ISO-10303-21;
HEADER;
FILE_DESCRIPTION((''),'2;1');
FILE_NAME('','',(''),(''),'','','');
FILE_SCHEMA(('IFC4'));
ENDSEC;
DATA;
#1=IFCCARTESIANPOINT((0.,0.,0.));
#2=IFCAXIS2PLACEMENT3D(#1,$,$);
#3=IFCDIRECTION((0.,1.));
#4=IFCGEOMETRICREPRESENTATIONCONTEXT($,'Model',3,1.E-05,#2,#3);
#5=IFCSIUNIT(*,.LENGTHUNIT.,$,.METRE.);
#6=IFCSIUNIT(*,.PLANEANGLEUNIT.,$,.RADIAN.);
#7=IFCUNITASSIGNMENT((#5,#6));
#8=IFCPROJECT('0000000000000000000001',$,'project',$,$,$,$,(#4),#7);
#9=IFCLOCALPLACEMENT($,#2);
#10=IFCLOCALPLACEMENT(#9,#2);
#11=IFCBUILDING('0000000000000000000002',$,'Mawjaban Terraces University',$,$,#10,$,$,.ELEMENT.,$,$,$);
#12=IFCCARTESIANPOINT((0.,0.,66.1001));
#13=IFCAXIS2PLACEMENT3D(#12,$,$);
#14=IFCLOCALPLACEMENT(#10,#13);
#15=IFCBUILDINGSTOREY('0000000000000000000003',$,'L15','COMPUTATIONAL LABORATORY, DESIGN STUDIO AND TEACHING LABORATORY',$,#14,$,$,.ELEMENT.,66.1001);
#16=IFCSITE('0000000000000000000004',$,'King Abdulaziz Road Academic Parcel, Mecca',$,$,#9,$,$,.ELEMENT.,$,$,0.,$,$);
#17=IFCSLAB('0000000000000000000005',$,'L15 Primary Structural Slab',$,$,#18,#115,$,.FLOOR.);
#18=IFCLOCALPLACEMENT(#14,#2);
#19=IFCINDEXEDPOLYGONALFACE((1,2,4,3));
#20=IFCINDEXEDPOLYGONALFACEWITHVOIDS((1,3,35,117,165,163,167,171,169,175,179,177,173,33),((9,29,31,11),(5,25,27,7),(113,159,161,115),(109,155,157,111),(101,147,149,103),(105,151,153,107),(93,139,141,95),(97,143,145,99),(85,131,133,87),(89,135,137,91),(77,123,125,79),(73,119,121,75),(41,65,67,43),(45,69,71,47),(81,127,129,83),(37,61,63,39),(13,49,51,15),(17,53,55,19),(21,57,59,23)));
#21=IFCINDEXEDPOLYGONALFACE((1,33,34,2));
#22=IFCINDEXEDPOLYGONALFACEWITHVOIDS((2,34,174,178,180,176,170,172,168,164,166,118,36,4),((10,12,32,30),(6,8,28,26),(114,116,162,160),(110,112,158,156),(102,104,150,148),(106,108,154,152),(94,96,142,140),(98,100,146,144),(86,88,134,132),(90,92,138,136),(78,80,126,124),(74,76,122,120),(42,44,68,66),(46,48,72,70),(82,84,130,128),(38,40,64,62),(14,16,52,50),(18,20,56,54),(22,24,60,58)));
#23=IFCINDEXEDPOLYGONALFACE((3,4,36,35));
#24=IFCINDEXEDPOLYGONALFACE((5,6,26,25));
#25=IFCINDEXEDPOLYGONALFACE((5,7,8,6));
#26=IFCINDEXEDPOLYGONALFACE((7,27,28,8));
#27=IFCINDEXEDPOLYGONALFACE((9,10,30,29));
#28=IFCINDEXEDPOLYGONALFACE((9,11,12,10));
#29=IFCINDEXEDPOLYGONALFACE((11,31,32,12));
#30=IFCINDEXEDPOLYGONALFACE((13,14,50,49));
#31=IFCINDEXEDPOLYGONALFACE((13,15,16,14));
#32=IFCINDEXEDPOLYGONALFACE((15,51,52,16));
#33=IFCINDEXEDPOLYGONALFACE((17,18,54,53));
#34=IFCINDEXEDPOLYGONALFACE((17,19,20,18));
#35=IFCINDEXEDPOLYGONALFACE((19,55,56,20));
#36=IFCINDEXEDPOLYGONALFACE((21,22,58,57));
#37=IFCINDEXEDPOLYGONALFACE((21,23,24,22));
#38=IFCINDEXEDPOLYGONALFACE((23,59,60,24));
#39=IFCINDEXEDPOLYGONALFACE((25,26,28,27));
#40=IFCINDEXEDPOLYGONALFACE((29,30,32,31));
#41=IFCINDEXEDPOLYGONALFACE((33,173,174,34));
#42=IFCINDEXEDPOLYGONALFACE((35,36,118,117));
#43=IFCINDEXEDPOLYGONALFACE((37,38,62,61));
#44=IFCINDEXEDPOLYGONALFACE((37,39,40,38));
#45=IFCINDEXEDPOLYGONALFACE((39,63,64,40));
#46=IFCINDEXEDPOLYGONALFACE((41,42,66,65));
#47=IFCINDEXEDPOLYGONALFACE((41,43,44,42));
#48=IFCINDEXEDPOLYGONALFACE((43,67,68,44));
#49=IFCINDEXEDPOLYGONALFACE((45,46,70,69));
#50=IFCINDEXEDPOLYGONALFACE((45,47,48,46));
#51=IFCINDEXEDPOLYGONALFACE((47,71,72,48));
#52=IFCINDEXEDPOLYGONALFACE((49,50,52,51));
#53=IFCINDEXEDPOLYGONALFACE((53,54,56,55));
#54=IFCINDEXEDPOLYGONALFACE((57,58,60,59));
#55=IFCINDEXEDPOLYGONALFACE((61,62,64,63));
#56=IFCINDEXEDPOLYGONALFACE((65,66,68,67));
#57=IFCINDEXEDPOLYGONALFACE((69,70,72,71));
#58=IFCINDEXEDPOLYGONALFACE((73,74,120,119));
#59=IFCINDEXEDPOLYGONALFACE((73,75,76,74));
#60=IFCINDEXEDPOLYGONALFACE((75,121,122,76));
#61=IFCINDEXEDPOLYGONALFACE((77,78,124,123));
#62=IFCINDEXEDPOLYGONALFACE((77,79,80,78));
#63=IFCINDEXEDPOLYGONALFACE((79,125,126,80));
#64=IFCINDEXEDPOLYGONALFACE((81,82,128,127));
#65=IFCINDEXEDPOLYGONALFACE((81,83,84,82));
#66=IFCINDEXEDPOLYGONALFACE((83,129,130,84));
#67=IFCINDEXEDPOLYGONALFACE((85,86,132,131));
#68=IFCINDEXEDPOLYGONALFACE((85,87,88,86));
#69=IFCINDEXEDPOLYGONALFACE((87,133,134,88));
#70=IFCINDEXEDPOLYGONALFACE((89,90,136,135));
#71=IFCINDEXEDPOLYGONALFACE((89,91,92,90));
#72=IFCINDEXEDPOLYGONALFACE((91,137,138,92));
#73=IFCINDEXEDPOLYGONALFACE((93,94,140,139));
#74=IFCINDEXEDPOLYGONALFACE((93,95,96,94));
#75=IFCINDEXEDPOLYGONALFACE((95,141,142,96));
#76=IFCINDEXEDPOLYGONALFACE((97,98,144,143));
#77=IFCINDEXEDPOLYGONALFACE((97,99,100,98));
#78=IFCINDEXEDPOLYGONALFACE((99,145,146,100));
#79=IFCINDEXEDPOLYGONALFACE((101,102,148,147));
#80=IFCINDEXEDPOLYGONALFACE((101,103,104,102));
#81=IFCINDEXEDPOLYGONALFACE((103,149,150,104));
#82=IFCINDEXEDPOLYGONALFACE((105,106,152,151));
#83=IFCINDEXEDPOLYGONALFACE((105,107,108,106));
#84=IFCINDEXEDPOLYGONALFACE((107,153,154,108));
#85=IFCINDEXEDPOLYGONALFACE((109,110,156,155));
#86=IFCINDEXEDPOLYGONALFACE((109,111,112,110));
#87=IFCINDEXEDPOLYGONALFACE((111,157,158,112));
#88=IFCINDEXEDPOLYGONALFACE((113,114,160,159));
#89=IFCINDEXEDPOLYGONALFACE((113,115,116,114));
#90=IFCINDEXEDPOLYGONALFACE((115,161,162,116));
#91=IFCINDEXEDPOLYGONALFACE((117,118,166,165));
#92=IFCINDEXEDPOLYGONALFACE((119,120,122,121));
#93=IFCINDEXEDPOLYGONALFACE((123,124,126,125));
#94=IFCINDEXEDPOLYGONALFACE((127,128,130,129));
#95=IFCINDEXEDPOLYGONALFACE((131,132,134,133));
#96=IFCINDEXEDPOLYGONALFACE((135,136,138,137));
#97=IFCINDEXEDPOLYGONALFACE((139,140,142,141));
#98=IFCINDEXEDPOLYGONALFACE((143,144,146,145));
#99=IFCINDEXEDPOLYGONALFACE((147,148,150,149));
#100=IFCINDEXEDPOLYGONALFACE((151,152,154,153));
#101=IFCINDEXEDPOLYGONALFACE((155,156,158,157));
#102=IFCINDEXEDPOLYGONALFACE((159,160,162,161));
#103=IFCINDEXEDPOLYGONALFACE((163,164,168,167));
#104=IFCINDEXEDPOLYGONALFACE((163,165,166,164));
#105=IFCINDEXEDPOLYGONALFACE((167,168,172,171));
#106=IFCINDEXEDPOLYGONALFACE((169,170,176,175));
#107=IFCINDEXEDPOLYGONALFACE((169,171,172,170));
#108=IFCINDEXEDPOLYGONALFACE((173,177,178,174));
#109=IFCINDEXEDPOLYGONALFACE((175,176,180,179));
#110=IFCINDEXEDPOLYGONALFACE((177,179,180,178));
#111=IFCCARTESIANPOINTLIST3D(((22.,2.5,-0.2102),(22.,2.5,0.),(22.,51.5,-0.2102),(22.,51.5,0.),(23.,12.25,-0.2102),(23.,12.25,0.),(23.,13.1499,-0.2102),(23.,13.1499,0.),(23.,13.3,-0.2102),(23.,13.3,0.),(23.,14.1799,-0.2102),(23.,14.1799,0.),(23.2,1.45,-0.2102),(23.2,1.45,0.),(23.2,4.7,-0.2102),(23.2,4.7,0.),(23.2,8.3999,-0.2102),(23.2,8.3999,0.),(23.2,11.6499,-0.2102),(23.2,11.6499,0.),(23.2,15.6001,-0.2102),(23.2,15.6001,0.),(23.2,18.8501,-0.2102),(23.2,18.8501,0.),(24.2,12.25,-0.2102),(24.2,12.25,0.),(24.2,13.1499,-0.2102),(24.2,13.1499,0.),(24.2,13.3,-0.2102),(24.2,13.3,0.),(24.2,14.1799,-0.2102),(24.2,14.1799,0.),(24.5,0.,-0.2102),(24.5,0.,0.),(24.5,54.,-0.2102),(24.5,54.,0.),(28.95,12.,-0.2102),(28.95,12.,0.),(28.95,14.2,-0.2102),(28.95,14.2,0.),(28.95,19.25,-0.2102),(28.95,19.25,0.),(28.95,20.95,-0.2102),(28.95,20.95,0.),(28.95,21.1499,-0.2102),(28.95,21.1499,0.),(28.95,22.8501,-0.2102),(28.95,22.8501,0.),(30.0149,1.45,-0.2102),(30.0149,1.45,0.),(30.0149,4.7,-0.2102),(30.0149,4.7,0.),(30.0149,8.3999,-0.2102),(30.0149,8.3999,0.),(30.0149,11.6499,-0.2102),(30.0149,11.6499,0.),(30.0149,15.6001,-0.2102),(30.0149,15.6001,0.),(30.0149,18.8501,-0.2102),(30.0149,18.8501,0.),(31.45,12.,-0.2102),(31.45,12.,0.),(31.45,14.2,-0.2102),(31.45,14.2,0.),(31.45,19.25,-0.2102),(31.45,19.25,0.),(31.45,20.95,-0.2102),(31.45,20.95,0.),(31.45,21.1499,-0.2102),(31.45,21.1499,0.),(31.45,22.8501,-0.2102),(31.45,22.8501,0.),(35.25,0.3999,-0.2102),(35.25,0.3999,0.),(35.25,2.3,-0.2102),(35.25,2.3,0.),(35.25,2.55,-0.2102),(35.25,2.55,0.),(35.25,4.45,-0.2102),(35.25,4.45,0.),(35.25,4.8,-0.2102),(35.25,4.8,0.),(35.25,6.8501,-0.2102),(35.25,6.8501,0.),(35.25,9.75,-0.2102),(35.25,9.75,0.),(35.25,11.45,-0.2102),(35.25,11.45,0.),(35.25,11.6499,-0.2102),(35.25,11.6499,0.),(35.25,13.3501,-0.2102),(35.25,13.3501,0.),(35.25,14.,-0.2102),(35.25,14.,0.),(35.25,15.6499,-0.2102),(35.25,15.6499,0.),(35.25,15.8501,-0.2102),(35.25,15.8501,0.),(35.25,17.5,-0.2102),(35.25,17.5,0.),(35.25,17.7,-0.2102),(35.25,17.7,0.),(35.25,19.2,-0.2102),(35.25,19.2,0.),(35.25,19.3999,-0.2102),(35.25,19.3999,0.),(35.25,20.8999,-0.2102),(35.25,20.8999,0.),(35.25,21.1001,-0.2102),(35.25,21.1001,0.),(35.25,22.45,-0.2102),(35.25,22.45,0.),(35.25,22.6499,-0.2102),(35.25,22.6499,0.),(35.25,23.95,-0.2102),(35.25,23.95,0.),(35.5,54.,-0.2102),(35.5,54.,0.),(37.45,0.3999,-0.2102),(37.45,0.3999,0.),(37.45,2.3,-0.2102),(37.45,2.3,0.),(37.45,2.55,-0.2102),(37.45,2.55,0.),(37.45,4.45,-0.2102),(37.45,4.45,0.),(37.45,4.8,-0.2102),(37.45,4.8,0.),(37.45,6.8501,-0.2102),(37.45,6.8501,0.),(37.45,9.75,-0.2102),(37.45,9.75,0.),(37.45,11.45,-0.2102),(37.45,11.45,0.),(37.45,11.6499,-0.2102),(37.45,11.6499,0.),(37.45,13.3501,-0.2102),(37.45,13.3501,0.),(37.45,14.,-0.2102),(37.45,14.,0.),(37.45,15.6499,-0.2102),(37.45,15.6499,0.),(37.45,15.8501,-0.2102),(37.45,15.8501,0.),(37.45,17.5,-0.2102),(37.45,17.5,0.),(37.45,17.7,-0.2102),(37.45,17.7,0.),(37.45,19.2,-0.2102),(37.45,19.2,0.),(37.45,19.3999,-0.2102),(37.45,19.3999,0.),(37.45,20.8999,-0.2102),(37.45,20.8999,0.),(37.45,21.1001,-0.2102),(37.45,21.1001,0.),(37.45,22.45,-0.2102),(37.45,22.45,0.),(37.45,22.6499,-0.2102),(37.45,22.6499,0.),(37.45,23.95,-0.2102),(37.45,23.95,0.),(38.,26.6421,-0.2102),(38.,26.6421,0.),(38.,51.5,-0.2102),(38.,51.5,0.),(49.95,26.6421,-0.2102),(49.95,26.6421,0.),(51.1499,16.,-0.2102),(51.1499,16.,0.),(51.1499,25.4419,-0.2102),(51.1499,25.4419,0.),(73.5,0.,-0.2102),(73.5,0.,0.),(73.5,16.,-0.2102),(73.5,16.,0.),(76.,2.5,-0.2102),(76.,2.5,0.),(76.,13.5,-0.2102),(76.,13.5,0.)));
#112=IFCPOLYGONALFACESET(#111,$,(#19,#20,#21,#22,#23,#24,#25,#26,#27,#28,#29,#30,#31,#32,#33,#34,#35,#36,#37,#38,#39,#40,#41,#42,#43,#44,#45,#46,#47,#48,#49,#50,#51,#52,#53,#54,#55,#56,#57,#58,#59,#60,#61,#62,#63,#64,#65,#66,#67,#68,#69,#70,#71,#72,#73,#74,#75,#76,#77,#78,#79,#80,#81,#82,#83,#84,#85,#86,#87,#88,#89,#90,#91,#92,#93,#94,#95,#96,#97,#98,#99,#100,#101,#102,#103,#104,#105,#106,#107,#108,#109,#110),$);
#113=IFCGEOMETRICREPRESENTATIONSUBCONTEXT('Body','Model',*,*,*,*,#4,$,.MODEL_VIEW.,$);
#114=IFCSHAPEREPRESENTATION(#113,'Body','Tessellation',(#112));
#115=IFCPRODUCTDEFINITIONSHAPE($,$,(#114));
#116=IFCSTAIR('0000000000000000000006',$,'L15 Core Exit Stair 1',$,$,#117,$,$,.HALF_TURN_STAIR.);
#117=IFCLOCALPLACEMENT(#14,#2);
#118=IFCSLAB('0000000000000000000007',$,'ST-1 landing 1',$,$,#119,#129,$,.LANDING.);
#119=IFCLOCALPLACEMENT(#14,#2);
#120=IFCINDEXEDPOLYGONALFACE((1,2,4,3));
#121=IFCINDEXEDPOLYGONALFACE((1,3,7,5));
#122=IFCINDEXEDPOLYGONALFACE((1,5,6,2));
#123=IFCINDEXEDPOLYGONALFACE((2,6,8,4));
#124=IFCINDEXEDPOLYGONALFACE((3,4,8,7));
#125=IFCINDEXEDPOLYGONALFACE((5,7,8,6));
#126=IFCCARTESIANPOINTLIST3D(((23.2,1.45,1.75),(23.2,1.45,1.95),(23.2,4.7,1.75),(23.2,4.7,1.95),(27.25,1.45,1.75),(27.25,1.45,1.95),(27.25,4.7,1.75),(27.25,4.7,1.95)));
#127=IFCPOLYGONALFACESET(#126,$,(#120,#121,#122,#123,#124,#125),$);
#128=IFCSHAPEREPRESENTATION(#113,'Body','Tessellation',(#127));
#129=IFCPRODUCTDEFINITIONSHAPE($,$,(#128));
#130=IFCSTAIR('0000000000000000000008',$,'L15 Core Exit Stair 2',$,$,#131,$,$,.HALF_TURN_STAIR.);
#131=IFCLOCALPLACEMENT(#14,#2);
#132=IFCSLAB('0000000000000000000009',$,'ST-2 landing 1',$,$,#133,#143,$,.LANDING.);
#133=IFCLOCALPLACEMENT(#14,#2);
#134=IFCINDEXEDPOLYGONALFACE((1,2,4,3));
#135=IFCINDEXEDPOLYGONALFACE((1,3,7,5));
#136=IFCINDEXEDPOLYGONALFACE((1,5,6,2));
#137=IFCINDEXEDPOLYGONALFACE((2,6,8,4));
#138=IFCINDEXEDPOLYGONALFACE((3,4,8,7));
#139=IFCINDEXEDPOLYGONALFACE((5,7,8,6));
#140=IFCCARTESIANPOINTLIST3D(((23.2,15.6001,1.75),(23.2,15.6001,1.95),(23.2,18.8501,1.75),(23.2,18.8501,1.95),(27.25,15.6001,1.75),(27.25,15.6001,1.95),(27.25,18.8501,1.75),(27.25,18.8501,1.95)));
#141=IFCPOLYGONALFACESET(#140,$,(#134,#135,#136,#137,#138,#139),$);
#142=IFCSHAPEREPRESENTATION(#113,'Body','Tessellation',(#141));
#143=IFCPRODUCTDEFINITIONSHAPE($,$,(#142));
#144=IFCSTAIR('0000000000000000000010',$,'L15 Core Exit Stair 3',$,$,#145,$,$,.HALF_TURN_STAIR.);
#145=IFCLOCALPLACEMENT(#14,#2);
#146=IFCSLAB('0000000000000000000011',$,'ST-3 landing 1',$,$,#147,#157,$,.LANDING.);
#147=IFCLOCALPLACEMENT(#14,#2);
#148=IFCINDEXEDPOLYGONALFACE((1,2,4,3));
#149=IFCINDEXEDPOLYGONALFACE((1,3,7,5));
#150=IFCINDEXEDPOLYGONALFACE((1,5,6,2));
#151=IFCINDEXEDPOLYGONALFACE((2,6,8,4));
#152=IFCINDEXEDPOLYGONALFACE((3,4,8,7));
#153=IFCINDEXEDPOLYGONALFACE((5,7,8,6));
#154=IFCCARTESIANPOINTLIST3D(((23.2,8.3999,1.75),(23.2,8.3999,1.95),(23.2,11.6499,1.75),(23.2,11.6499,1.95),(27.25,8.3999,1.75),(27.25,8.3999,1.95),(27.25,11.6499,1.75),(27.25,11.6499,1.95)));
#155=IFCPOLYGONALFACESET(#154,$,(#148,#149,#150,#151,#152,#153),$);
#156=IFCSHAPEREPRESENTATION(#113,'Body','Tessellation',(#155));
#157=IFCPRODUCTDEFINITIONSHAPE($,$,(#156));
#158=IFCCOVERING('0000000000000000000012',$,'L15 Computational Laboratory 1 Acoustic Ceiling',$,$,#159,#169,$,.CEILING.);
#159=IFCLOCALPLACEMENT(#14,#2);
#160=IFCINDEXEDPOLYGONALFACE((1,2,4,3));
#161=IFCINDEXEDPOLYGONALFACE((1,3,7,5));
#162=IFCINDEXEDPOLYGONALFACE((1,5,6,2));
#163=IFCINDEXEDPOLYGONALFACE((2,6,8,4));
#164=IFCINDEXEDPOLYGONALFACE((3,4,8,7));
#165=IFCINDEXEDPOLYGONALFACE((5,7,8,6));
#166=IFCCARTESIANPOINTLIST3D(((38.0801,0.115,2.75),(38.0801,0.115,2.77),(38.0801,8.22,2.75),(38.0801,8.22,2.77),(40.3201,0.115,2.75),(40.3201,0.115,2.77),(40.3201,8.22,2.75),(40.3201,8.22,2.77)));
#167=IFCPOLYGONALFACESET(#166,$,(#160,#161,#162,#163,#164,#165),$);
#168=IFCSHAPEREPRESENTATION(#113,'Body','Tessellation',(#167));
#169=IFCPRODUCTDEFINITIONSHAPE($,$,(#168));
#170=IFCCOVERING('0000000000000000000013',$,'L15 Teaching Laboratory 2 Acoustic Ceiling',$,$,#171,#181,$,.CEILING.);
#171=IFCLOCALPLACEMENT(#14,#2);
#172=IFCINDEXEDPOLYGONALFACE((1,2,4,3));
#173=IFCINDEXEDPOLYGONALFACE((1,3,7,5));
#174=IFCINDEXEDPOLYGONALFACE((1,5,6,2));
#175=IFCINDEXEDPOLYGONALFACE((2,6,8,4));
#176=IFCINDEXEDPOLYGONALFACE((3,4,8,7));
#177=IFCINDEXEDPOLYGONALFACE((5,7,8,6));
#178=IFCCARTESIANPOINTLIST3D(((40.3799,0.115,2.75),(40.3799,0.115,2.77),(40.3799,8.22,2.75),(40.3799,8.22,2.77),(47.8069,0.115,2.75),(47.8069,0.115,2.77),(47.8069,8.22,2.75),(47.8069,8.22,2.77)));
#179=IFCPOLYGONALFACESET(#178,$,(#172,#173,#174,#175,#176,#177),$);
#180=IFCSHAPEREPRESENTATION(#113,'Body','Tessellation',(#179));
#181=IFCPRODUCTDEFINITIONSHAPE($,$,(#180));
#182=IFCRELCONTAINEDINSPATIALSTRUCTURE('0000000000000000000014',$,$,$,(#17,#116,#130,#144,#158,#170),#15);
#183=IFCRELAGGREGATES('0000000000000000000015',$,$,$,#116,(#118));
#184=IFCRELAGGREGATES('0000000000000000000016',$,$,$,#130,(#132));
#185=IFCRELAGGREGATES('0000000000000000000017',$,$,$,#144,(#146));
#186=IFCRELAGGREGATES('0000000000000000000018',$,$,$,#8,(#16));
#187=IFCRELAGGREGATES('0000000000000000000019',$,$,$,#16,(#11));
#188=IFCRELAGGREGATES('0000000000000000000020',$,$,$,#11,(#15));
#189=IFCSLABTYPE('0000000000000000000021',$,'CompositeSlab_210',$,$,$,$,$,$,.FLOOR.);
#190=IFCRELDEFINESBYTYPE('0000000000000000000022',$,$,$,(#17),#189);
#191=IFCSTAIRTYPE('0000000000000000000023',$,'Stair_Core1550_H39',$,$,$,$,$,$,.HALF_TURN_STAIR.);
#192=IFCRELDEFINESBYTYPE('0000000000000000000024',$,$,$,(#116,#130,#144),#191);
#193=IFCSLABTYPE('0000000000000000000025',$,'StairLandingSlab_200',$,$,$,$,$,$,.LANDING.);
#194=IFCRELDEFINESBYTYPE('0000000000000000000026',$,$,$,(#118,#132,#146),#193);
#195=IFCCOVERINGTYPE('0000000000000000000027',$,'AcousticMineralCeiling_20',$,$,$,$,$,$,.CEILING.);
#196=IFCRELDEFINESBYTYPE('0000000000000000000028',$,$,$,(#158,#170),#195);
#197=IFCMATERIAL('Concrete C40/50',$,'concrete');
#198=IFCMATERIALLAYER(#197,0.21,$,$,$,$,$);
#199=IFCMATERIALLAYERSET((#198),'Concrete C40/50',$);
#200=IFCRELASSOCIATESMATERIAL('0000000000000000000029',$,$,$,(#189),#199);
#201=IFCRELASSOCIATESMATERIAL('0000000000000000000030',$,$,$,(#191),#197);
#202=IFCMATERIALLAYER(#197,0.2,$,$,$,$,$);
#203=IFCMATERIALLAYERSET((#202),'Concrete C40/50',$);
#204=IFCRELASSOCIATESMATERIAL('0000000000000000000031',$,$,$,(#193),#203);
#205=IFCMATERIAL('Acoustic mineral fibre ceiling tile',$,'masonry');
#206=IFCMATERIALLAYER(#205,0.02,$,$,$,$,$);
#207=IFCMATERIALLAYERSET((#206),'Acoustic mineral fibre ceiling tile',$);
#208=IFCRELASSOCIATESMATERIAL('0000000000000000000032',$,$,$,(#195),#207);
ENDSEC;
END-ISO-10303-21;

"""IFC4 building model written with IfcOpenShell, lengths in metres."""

from ifc_helpers import new_model, si_unit, direction, frame, origin, place, context, subcontext, project, spatial, polyline, outline, extrude, material, layer, layer_set, type_object, element, aggregate, save


model = new_model("IFC4")

# Units and contexts
model_context = context("Model", 3, precision=1e-05, world=origin(), true_north=direction((0.0, 1.0)))
body_context = subcontext(model_context, "Body", "Model", "MODEL_VIEW")
ifc_project = project(units=[si_unit("LENGTHUNIT", "METRE"), si_unit("PLANEANGLEUNIT", "RADIAN")], contexts=[model_context])

# Site, building, storey
site_placement = place(None, origin())
site = spatial("IfcSite", under=ifc_project, at=site_placement, Name="King Abdulaziz Road Academic Parcel, Mecca", CompositionType="ELEMENT", RefElevation=0.0)
building_placement = place(site_placement, origin())
building = spatial("IfcBuilding", under=site, at=building_placement, Name="Mawjaban Terraces University", CompositionType="ELEMENT")
storey_placement = place(building_placement, frame((0.0, 0.0, 66.1001)))
storey = spatial("IfcBuildingStorey", under=building, at=storey_placement, Name="L15", Description="COMPUTATIONAL LABORATORY, DESIGN STUDIO AND TEACHING LABORATORY", CompositionType="ELEMENT", Elevation=66.1001)

# Slab
ifc_material_1 = material(Name="Concrete C40/50", Category="concrete")
ifc_layer_1 = layer(ifc_material_1, 0.21)
ifc_layer_set_1 = layer_set([ifc_layer_1], Name="Concrete C40/50")
slab_type_1 = type_object("IfcSlabType", Name="CompositeSlab_210", PredefinedType="FLOOR", material=ifc_layer_set_1)
slab_1_placement = place(storey_placement, frame((0.0, 0.0, -0.2102)))
element("IfcSlab", 1, at=slab_1_placement, inside=storey, type_object=slab_type_1, Name="L15 Primary Structural Slab", PredefinedType="FLOOR", context=body_context, shape_type="SweptSolid", body=[
    extrude(outline(polyline([(24.5, 0.0), (73.5, 0.0), (76.0, 2.5), (76.0, 13.5), (73.5, 16.0), (51.1499, 16.0), (51.1499, 25.4419), (49.95, 26.6421), (38.0, 26.6421), (38.0, 51.5), (35.5, 54.0), (24.5, 54.0), (22.0, 51.5), (22.0, 2.5), (24.5, 0.0)]), holes=[polyline([(30.0149, 4.7), (23.2, 4.7), (23.2, 1.45), (30.0149, 1.45), (30.0149, 4.7)]), polyline([(30.0149, 18.8501), (23.2, 18.8501), (23.2, 15.6001), (30.0149, 15.6001), (30.0149, 18.8501)]), polyline([(30.0149, 11.6499), (23.2, 11.6499), (23.2, 8.3999), (30.0149, 8.3999), (30.0149, 11.6499)]), polyline([(35.25, 0.3999), (37.45, 0.3999), (37.45, 2.3), (35.25, 2.3), (35.25, 0.3999)]), polyline([(35.25, 2.55), (37.45, 2.55), (37.45, 4.45), (35.25, 4.45), (35.25, 2.55)]), polyline([(35.25, 4.8), (37.45, 4.8), (37.45, 6.8501), (35.25, 6.8501), (35.25, 4.8)]), polyline([(35.25, 9.75), (37.45, 9.75), (37.45, 11.45), (35.25, 11.45), (35.25, 9.75)]), polyline([(35.25, 11.6499), (37.45, 11.6499), (37.45, 13.3501), (35.25, 13.3501), (35.25, 11.6499)]), polyline([(28.95, 12.0), (31.45, 12.0), (31.45, 14.2), (28.95, 14.2), (28.95, 12.0)]), polyline([(35.25, 14.0), (37.45, 14.0), (37.45, 15.6499), (35.25, 15.6499), (35.25, 14.0)]), polyline([(35.25, 15.8501), (37.45, 15.8501), (37.45, 17.5), (35.25, 17.5), (35.25, 15.8501)]), polyline([(35.25, 17.7), (37.45, 17.7), (37.45, 19.2), (35.25, 19.2), (35.25, 17.7)]), polyline([(35.25, 19.3999), (37.45, 19.3999), (37.45, 20.8999), (35.25, 20.8999), (35.25, 19.3999)]), polyline([(28.95, 19.25), (31.45, 19.25), (31.45, 20.95), (28.95, 20.95), (28.95, 19.25)]), polyline([(35.25, 21.1001), (37.45, 21.1001), (37.45, 22.45), (35.25, 22.45), (35.25, 21.1001)]), polyline([(35.25, 22.6499), (37.45, 22.6499), (37.45, 23.95), (35.25, 23.95), (35.25, 22.6499)]), polyline([(28.95, 21.1499), (31.45, 21.1499), (31.45, 22.8501), (28.95, 22.8501), (28.95, 21.1499)]), polyline([(23.0, 12.25), (24.2, 12.25), (24.2, 13.1499), (23.0, 13.1499), (23.0, 12.25)]), polyline([(23.0, 13.3), (24.2, 13.3), (24.2, 14.1799), (23.0, 14.1799), (23.0, 13.3)])]), origin(), (0.0, 0.0, 1.0), 0.2102),
])

# Stairs, slabs
stair_type = type_object("IfcStairType", Name="Stair_Core1550_H39", PredefinedType="HALF_TURN_STAIR", material=ifc_material_1)
stair_1_placement = place(storey_placement, origin())
stair_1 = element("IfcStair", 2, at=stair_1_placement, inside=storey, type_object=stair_type, Name="L15 Core Exit Stair 1", PredefinedType="HALF_TURN_STAIR")
ifc_layer_2 = layer(ifc_material_1, 0.2)
ifc_layer_set_2 = layer_set([ifc_layer_2], Name="Concrete C40/50")
slab_type_2 = type_object("IfcSlabType", Name="StairLandingSlab_200", PredefinedType="LANDING", material=ifc_layer_set_2)
slab_2_placement = place(storey_placement, frame((0.0, 0.0, 1.75)))
slab_2 = element("IfcSlab", 3, at=slab_2_placement, type_object=slab_type_2, Name="ST-1 landing 1", PredefinedType="LANDING", context=body_context, shape_type="SweptSolid", body=[
    extrude(outline(polyline([(27.25, 4.7), (23.2, 4.7), (23.2, 1.45), (27.25, 1.45), (27.25, 4.7)])), origin(), (0.0, 0.0, 1.0), 0.2),
])
aggregate(stair_1, [slab_2])
stair_2_placement = place(storey_placement, origin())
stair_2 = element("IfcStair", 4, at=stair_2_placement, inside=storey, type_object=stair_type, Name="L15 Core Exit Stair 2", PredefinedType="HALF_TURN_STAIR")
slab_3_placement = place(storey_placement, frame((0.0, 0.0, 1.75)))
slab_3 = element("IfcSlab", 5, at=slab_3_placement, type_object=slab_type_2, Name="ST-2 landing 1", PredefinedType="LANDING", context=body_context, shape_type="SweptSolid", body=[
    extrude(outline(polyline([(27.25, 18.8501), (23.2, 18.8501), (23.2, 15.6001), (27.25, 15.6001), (27.25, 18.8501)])), origin(), (0.0, 0.0, 1.0), 0.2),
])
aggregate(stair_2, [slab_3])
stair_3_placement = place(storey_placement, origin())
stair_3 = element("IfcStair", 6, at=stair_3_placement, inside=storey, type_object=stair_type, Name="L15 Core Exit Stair 3", PredefinedType="HALF_TURN_STAIR")
slab_4_placement = place(storey_placement, frame((0.0, 0.0, 1.75)))
slab_4 = element("IfcSlab", 7, at=slab_4_placement, type_object=slab_type_2, Name="ST-3 landing 1", PredefinedType="LANDING", context=body_context, shape_type="SweptSolid", body=[
    extrude(outline(polyline([(27.25, 11.6499), (23.2, 11.6499), (23.2, 8.3999), (27.25, 8.3999), (27.25, 11.6499)])), origin(), (0.0, 0.0, 1.0), 0.2),
])
aggregate(stair_3, [slab_4])

# Coverings
ifc_material_2 = material(Name="Acoustic mineral fibre ceiling tile", Category="masonry")
ifc_layer_3 = layer(ifc_material_2, 0.02)
ifc_layer_set_3 = layer_set([ifc_layer_3], Name="Acoustic mineral fibre ceiling tile")
covering_type = type_object("IfcCoveringType", Name="AcousticMineralCeiling_20", PredefinedType="CEILING", material=ifc_layer_set_3)
covering_1_placement = place(storey_placement, frame((0.0, 0.0, 2.75)))
element("IfcCovering", 8, at=covering_1_placement, inside=storey, type_object=covering_type, Name="L15 Computational Laboratory 1 Acoustic Ceiling", PredefinedType="CEILING", context=body_context, shape_type="SweptSolid", body=[
    extrude(outline(polyline([(38.0801, 0.115), (40.3201, 0.115), (40.3201, 8.22), (38.0801, 8.22), (38.0801, 0.115)])), origin(), (0.0, 0.0, 1.0), 0.02),
])
covering_2_placement = place(storey_placement, frame((0.0, 0.0, 2.75)))
element("IfcCovering", 9, at=covering_2_placement, inside=storey, type_object=covering_type, Name="L15 Teaching Laboratory 2 Acoustic Ceiling", PredefinedType="CEILING", context=body_context, shape_type="SweptSolid", body=[
    extrude(outline(polyline([(40.3799, 0.115), (47.8069, 0.115), (47.8069, 8.22), (40.3799, 8.22), (40.3799, 0.115)])), origin(), (0.0, 0.0, 1.0), 0.02),
])

save(model, "model.ifc")
